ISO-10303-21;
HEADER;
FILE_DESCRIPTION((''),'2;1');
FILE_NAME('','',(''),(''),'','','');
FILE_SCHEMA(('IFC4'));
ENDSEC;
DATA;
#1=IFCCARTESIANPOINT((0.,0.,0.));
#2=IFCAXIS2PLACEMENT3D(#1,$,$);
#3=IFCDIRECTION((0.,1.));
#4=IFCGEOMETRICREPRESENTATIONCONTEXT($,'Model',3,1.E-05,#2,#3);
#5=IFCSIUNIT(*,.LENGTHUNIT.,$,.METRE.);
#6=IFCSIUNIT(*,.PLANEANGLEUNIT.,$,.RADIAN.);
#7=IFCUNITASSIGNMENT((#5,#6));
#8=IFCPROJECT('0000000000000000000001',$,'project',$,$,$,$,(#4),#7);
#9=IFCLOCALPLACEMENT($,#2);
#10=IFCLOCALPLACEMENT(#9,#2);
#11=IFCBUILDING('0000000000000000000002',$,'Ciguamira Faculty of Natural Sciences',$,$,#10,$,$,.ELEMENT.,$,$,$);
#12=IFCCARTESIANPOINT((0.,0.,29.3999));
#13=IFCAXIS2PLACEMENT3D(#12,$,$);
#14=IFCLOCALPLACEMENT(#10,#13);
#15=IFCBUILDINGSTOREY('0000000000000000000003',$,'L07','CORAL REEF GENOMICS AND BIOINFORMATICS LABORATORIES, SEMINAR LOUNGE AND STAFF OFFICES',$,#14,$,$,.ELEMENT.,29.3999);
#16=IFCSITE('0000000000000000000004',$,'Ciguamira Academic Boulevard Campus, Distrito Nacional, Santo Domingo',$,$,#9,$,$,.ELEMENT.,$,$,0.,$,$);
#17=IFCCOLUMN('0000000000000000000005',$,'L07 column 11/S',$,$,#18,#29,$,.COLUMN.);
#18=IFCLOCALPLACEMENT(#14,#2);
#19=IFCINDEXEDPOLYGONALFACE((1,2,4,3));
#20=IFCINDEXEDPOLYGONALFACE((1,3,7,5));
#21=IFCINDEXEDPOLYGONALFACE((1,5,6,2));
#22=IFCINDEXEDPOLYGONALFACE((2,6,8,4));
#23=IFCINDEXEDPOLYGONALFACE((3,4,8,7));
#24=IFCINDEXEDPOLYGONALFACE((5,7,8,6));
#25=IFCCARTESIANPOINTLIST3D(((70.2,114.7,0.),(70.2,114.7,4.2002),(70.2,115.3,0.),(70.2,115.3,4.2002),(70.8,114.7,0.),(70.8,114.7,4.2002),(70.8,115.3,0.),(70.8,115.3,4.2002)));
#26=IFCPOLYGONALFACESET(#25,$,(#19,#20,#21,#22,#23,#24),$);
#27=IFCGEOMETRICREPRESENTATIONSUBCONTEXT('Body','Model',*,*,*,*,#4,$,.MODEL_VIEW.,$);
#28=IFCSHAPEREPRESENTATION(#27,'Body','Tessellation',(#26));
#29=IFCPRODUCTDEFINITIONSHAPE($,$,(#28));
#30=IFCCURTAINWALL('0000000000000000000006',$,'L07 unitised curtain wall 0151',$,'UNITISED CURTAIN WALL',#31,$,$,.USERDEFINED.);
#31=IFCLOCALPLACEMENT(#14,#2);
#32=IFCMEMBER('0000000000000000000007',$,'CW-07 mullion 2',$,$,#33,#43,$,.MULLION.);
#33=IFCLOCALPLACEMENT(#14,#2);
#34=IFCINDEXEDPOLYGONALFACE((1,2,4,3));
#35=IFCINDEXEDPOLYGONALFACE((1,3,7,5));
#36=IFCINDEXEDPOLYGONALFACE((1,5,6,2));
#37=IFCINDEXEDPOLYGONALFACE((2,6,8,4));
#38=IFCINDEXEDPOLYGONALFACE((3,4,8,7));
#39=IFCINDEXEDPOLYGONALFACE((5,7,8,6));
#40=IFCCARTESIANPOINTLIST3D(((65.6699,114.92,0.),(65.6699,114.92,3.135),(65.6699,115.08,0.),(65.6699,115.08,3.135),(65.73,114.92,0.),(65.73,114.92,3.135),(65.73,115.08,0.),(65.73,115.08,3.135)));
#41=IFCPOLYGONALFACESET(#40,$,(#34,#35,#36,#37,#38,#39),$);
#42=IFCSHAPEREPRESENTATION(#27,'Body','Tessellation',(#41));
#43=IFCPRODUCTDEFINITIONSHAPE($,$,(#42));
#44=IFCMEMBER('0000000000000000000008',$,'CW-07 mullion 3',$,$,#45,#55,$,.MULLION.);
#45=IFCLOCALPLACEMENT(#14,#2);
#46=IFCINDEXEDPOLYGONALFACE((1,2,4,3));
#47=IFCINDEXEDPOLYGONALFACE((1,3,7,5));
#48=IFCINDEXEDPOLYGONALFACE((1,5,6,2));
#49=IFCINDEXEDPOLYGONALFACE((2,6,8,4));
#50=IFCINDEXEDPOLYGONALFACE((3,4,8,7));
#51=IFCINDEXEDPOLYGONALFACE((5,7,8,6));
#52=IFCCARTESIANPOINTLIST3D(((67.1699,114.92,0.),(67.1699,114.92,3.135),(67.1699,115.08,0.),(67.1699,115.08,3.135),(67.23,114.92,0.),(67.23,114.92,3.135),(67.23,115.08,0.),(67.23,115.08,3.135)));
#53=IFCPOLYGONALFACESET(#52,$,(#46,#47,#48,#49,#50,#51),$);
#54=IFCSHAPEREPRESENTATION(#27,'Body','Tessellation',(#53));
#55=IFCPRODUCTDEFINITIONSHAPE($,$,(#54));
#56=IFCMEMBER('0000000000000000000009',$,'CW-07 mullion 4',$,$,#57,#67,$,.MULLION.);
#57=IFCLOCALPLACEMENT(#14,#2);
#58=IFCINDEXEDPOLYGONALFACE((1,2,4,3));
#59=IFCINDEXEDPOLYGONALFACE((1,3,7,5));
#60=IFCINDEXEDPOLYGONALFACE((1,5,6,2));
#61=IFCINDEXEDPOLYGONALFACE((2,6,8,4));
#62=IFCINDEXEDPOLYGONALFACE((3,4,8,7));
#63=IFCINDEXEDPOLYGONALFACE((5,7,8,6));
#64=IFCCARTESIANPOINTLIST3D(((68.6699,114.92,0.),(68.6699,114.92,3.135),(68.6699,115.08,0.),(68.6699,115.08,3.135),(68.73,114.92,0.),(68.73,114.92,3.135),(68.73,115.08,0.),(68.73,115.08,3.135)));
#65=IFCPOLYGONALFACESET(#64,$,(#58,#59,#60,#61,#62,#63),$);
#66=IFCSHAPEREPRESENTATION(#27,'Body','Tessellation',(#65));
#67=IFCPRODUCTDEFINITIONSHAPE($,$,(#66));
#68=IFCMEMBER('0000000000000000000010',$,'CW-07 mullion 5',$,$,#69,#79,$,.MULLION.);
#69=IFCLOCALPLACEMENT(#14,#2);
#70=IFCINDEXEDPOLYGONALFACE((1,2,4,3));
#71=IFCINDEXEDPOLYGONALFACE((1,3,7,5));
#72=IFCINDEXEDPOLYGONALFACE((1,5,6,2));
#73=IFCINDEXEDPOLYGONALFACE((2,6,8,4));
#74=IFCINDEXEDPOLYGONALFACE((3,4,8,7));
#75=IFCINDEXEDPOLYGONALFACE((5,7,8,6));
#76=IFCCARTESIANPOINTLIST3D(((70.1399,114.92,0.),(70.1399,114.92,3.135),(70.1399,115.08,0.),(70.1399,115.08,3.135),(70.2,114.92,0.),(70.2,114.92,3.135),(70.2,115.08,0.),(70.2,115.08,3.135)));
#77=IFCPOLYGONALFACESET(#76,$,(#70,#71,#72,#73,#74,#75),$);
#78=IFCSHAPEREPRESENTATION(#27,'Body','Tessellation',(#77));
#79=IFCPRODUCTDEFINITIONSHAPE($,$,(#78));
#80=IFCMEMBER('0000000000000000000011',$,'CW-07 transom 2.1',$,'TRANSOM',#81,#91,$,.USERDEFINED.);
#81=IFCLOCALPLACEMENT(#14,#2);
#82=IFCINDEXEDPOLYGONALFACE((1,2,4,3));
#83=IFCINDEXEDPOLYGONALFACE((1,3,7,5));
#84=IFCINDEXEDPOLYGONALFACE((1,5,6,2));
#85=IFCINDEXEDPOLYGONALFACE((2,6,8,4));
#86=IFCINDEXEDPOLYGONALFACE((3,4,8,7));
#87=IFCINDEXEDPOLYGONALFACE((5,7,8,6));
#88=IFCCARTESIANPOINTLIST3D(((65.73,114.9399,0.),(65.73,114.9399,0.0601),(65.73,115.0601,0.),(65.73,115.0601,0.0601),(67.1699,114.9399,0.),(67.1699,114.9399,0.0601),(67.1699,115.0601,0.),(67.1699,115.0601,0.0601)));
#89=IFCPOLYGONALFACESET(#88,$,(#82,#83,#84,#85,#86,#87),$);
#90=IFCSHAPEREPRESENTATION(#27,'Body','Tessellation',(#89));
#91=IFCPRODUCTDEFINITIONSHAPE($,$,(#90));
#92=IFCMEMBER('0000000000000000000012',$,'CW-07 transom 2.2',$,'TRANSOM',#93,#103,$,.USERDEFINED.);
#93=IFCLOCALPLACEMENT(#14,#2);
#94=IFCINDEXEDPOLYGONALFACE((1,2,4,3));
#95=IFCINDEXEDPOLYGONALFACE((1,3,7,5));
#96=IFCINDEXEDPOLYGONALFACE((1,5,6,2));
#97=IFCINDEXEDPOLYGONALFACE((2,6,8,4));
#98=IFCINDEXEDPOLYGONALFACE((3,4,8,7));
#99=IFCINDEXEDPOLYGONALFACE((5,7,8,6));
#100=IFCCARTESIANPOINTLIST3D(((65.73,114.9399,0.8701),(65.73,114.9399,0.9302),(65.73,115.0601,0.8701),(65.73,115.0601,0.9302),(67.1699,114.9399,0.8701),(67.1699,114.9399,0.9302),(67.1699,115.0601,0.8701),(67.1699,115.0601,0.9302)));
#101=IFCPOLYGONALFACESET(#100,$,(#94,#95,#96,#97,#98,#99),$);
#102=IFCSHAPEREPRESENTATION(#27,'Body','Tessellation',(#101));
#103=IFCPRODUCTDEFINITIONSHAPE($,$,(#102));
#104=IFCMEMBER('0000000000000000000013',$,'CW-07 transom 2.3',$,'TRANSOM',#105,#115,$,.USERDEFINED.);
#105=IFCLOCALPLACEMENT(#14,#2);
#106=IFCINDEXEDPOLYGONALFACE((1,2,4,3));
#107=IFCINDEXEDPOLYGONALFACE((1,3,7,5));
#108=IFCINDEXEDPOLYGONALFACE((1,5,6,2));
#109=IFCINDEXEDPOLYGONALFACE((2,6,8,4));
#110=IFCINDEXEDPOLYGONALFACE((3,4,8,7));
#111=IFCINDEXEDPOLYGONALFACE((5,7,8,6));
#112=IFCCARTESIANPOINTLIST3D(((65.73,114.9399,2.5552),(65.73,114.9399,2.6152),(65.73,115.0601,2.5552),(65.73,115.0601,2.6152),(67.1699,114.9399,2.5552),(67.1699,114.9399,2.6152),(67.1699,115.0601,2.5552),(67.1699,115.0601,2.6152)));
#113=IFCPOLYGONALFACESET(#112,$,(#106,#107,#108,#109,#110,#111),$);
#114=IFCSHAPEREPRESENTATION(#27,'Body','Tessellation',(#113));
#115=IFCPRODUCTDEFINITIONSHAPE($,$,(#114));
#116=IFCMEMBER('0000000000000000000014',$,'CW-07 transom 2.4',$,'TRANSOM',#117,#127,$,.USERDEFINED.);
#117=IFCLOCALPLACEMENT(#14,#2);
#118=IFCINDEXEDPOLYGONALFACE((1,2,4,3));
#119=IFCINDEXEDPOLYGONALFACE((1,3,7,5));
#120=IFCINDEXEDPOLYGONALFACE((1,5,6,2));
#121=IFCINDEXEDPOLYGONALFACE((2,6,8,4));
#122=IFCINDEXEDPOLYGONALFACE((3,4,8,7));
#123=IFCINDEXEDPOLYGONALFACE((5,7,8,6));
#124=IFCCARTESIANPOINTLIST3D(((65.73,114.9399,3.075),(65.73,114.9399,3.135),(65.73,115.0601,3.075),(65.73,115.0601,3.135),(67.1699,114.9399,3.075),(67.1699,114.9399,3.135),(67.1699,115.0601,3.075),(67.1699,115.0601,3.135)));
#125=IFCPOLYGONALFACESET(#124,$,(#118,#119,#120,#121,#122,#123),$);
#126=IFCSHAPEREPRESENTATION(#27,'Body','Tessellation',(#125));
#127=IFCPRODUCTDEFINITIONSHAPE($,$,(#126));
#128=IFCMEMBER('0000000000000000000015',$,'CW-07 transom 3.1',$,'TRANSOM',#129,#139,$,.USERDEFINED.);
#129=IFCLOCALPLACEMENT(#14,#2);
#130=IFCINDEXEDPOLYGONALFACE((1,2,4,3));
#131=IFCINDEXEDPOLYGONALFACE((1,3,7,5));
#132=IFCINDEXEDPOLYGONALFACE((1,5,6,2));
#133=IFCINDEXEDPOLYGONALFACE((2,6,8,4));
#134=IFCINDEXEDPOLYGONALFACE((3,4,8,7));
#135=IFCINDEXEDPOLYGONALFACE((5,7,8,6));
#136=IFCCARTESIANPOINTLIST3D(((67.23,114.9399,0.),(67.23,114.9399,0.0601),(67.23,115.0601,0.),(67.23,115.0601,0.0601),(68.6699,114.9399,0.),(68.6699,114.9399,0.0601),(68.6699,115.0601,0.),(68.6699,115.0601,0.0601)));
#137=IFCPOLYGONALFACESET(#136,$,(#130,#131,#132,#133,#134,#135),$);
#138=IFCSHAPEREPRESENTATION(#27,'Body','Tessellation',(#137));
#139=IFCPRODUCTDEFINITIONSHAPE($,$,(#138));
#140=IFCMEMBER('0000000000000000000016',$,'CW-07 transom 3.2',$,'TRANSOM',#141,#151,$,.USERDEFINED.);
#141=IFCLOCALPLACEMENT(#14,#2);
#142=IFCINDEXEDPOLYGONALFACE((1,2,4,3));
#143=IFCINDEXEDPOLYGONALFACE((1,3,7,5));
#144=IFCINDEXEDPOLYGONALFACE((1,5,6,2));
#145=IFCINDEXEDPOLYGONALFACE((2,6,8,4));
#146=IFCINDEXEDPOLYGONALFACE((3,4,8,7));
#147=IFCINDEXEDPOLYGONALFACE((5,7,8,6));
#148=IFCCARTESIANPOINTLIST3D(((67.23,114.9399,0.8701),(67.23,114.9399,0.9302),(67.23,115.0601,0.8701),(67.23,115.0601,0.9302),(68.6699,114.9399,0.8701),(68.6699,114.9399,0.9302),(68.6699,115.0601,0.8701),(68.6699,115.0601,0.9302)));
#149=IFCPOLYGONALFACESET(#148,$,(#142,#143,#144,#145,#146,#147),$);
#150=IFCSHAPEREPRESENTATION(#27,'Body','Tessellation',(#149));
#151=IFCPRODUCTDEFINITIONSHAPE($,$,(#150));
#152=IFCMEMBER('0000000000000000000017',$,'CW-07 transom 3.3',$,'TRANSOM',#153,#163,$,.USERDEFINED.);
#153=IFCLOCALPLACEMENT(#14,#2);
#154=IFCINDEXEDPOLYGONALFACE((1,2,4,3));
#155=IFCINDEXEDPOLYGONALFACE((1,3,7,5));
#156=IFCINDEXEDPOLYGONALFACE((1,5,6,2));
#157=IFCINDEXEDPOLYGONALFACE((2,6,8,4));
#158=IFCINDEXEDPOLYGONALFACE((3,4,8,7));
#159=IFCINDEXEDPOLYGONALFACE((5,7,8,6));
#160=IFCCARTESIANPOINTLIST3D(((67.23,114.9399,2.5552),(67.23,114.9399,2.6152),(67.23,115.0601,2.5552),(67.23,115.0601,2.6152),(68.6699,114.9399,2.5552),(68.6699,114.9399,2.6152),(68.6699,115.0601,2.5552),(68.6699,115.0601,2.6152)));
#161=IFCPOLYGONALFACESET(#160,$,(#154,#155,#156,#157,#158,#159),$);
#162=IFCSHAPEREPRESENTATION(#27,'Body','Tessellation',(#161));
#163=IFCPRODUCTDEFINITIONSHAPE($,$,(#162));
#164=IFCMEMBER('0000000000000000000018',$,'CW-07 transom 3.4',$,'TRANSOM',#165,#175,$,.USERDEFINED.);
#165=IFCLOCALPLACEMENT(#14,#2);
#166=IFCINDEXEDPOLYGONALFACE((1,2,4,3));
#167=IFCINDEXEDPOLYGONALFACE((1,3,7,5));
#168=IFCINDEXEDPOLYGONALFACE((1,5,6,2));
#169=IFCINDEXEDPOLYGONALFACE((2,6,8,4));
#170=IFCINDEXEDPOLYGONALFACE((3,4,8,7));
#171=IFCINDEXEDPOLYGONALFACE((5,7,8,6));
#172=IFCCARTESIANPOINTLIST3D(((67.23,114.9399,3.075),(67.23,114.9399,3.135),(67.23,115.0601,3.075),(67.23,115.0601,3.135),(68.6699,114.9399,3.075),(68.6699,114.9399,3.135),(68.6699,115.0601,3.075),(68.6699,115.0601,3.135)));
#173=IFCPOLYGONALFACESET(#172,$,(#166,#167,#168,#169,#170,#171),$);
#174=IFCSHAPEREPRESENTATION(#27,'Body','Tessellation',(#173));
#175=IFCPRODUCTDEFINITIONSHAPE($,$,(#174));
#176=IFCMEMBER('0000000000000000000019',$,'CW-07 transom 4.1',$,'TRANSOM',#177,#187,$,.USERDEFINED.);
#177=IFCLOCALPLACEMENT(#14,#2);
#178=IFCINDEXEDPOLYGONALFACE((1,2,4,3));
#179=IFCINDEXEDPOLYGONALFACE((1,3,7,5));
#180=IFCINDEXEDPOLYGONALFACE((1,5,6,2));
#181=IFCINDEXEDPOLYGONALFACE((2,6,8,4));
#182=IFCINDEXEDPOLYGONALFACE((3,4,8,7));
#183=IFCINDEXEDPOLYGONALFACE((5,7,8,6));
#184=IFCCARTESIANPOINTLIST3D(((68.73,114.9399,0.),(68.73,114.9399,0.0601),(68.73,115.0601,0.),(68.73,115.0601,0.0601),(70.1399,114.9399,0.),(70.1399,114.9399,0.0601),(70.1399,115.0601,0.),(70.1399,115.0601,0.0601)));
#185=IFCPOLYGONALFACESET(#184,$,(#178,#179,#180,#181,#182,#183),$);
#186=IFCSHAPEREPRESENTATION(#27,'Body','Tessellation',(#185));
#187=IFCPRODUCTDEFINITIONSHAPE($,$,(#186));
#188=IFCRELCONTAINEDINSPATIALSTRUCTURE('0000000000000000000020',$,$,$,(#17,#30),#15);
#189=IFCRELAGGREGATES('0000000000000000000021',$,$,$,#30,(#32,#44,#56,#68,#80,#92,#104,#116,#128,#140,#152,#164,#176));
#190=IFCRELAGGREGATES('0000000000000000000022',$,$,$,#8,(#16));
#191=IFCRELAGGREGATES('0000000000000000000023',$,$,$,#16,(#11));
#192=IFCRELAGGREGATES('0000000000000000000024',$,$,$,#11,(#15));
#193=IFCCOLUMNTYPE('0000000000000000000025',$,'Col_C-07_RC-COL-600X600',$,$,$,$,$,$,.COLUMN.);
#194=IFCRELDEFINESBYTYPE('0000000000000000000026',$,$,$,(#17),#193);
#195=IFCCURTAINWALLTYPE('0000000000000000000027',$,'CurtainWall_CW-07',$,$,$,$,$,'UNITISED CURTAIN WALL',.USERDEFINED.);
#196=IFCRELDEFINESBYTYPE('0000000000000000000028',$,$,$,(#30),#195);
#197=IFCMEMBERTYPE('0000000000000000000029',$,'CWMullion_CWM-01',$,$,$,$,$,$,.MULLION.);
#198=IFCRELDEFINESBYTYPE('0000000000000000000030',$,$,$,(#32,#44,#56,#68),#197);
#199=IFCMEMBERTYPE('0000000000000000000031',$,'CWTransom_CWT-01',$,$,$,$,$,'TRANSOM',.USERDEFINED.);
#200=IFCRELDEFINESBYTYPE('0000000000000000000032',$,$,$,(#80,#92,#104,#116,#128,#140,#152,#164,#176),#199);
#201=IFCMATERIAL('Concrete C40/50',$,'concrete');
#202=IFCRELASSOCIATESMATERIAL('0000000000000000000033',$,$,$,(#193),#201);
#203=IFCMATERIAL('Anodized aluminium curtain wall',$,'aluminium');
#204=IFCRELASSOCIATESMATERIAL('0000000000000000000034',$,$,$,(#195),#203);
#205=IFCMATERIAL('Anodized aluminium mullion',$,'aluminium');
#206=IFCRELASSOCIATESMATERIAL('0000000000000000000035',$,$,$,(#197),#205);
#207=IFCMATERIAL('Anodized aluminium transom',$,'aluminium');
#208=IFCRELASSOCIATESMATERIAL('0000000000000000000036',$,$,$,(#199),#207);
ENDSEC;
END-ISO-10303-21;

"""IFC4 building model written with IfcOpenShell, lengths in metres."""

from ifc_helpers import new_model, si_unit, direction, frame, origin, origin_2d, place, context, subcontext, project, spatial, rectangle, extrude, material, material_profile, profile_set, type_object, element, aggregate, save


model = new_model("IFC4")

# Units and contexts
model_context = context("Model", 3, precision=1e-05, world=origin(), true_north=direction((0.0, 1.0)))
body_context = subcontext(model_context, "Body", "Model", "MODEL_VIEW")
ifc_project = project(units=[si_unit("LENGTHUNIT", "METRE"), si_unit("PLANEANGLEUNIT", "RADIAN")], contexts=[model_context])

# Site, building, storey
site_placement = place(None, origin())
site = spatial("IfcSite", under=ifc_project, at=site_placement, Name="Ciguamira Academic Boulevard Campus, Distrito Nacional, Santo Domingo", CompositionType="ELEMENT", RefElevation=0.0)
building_placement = place(site_placement, origin())
building = spatial("IfcBuilding", under=site, at=building_placement, Name="Ciguamira Faculty of Natural Sciences", CompositionType="ELEMENT")
storey_placement = place(building_placement, frame((0.0, 0.0, 29.3999)))
storey = spatial("IfcBuildingStorey", under=building, at=storey_placement, Name="L07", Description="CORAL REEF GENOMICS AND BIOINFORMATICS LABORATORIES, SEMINAR LOUNGE AND STAFF OFFICES", CompositionType="ELEMENT", Elevation=29.3999)

# Column
ifc_material_1 = material(Name="Concrete C40/50", Category="concrete")
ifc_material_profile_1 = material_profile(ifc_material_1, rectangle(XDim=0.6001, YDim=0.6001, at=origin_2d()), Name="RC-COL-600X600")
ifc_profile_set_1 = profile_set([ifc_material_profile_1], Name="Concrete C40/50")
column_type = type_object("IfcColumnType", Name="Col_C-07_RC-COL-600X600", PredefinedType="COLUMN", material=ifc_profile_set_1)
column_placement = place(storey_placement, frame((70.5, 115.0, 0.0), z_axis=(0.0, 0.0, 1.0), x_axis=(1.0, 0.0, 0.0)))
element("IfcColumn", 1, at=column_placement, inside=storey, type_object=column_type, Name="L07 column 11/S", PredefinedType="COLUMN", context=body_context, shape_type="SweptSolid", body=[
    extrude(rectangle(XDim=0.6001, YDim=0.6001, at=origin_2d()), origin(), (0.0, 0.0, 1.0), 4.2002),
])

# Curtain wall, members
ifc_material_2 = material(Name="Anodized aluminium curtain wall", Category="aluminium")
curtain_wall_type = type_object("IfcCurtainWallType", Name="CurtainWall_CW-07", ElementType="UNITISED CURTAIN WALL", PredefinedType="USERDEFINED", material=ifc_material_2)
curtain_wall_placement = place(storey_placement, origin())
curtain_wall = element("IfcCurtainWall", 2, at=curtain_wall_placement, inside=storey, type_object=curtain_wall_type, Name="L07 unitised curtain wall 0151", ObjectType="UNITISED CURTAIN WALL", PredefinedType="USERDEFINED")
ifc_material_3 = material(Name="Anodized aluminium mullion", Category="aluminium")
ifc_material_profile_2 = material_profile(ifc_material_3, rectangle(XDim=0.0601, YDim=0.1599, at=origin_2d()), Name="ALU-MUL-60X160")
ifc_profile_set_2 = profile_set([ifc_material_profile_2], Name="Anodized aluminium mullion")
member_type_1 = type_object("IfcMemberType", Name="CWMullion_CWM-01", PredefinedType="MULLION", material=ifc_profile_set_2)
member_1_placement = place(storey_placement, frame((65.7, 115.0, 0.0), z_axis=(0.0, 0.0, 1.0), x_axis=(1.0, 0.0, 0.0)))
member_1 = element("IfcMember", 3, at=member_1_placement, type_object=member_type_1, Name="CW-07 mullion 2", PredefinedType="MULLION", context=body_context, shape_type="SweptSolid", body=[
    extrude(rectangle(XDim=0.0601, YDim=0.1599, at=origin_2d()), origin(), (0.0, 0.0, 1.0), 3.135),
])
member_2_placement = place(storey_placement, frame((67.2, 115.0, 0.0), z_axis=(0.0, 0.0, 1.0), x_axis=(1.0, 0.0, 0.0)))
member_2 = element("IfcMember", 4, at=member_2_placement, type_object=member_type_1, Name="CW-07 mullion 3", PredefinedType="MULLION", context=body_context, shape_type="SweptSolid", body=[
    extrude(rectangle(XDim=0.0601, YDim=0.1599, at=origin_2d()), origin(), (0.0, 0.0, 1.0), 3.135),
])
member_3_placement = place(storey_placement, frame((68.7, 115.0, 0.0), z_axis=(0.0, 0.0, 1.0), x_axis=(1.0, 0.0, 0.0)))
member_3 = element("IfcMember", 5, at=member_3_placement, type_object=member_type_1, Name="CW-07 mullion 4", PredefinedType="MULLION", context=body_context, shape_type="SweptSolid", body=[
    extrude(rectangle(XDim=0.0601, YDim=0.1599, at=origin_2d()), origin(), (0.0, 0.0, 1.0), 3.135),
])
member_4_placement = place(storey_placement, frame((70.1699, 115.0, 0.0), z_axis=(0.0, 0.0, 1.0), x_axis=(1.0, 0.0, 0.0)))
member_4 = element("IfcMember", 6, at=member_4_placement, type_object=member_type_1, Name="CW-07 mullion 5", PredefinedType="MULLION", context=body_context, shape_type="SweptSolid", body=[
    extrude(rectangle(XDim=0.0601, YDim=0.1599, at=origin_2d()), origin(), (0.0, 0.0, 1.0), 3.135),
])
ifc_material_4 = material(Name="Anodized aluminium transom", Category="aluminium")
ifc_material_profile_3 = material_profile(ifc_material_4, rectangle(XDim=0.0601, YDim=0.1201, at=origin_2d()), Name="ALU-TRN-60X120")
ifc_profile_set_3 = profile_set([ifc_material_profile_3], Name="Anodized aluminium transom")
member_type_2 = type_object("IfcMemberType", Name="CWTransom_CWT-01", ElementType="TRANSOM", PredefinedType="USERDEFINED", material=ifc_profile_set_3)
member_5_placement = place(storey_placement, frame((65.73, 115.0, 0.03), z_axis=(1.0, 0.0, 0.0), x_axis=(0.0, 0.0, 1.0)))
member_5 = element("IfcMember", 7, at=member_5_placement, type_object=member_type_2, Name="CW-07 transom 2.1", ObjectType="TRANSOM", PredefinedType="USERDEFINED", context=body_context, shape_type="SweptSolid", body=[
    extrude(rectangle(XDim=0.0601, YDim=0.1201, at=origin_2d()), origin(), (0.0, 0.0, 1.0), 1.4399),
])
member_6_placement = place(storey_placement, frame((65.73, 115.0, 0.9001), z_axis=(1.0, 0.0, 0.0), x_axis=(0.0, 0.0, 1.0)))
member_6 = element("IfcMember", 8, at=member_6_placement, type_object=member_type_2, Name="CW-07 transom 2.2", ObjectType="TRANSOM", PredefinedType="USERDEFINED", context=body_context, shape_type="SweptSolid", body=[
    extrude(rectangle(XDim=0.0601, YDim=0.1201, at=origin_2d()), origin(), (0.0, 0.0, 1.0), 1.4399),
])
member_7_placement = place(storey_placement, frame((65.73, 115.0, 2.5852), z_axis=(1.0, 0.0, 0.0), x_axis=(0.0, 0.0, 1.0)))
member_7 = element("IfcMember", 9, at=member_7_placement, type_object=member_type_2, Name="CW-07 transom 2.3", ObjectType="TRANSOM", PredefinedType="USERDEFINED", context=body_context, shape_type="SweptSolid", body=[
    extrude(rectangle(XDim=0.0601, YDim=0.1201, at=origin_2d()), origin(), (0.0, 0.0, 1.0), 1.4399),
])
member_8_placement = place(storey_placement, frame((65.73, 115.0, 3.105), z_axis=(1.0, 0.0, 0.0), x_axis=(0.0, 0.0, 1.0)))
member_8 = element("IfcMember", 10, at=member_8_placement, type_object=member_type_2, Name="CW-07 transom 2.4", ObjectType="TRANSOM", PredefinedType="USERDEFINED", context=body_context, shape_type="SweptSolid", body=[
    extrude(rectangle(XDim=0.0601, YDim=0.1201, at=origin_2d()), origin(), (0.0, 0.0, 1.0), 1.4399),
])
member_9_placement = place(storey_placement, frame((67.23, 115.0, 0.03), z_axis=(1.0, 0.0, 0.0), x_axis=(0.0, 0.0, 1.0)))
member_9 = element("IfcMember", 11, at=member_9_placement, type_object=member_type_2, Name="CW-07 transom 3.1", ObjectType="TRANSOM", PredefinedType="USERDEFINED", context=body_context, shape_type="SweptSolid", body=[
    extrude(rectangle(XDim=0.0601, YDim=0.1201, at=origin_2d()), origin(), (0.0, 0.0, 1.0), 1.4399),
])
member_10_placement = place(storey_placement, frame((67.23, 115.0, 0.9001), z_axis=(1.0, 0.0, 0.0), x_axis=(0.0, 0.0, 1.0)))
member_10 = element("IfcMember", 12, at=member_10_placement, type_object=member_type_2, Name="CW-07 transom 3.2", ObjectType="TRANSOM", PredefinedType="USERDEFINED", context=body_context, shape_type="SweptSolid", body=[
    extrude(rectangle(XDim=0.0601, YDim=0.1201, at=origin_2d()), origin(), (0.0, 0.0, 1.0), 1.4399),
])
member_11_placement = place(storey_placement, frame((67.23, 115.0, 2.5852), z_axis=(1.0, 0.0, 0.0), x_axis=(0.0, 0.0, 1.0)))
member_11 = element("IfcMember", 13, at=member_11_placement, type_object=member_type_2, Name="CW-07 transom 3.3", ObjectType="TRANSOM", PredefinedType="USERDEFINED", context=body_context, shape_type="SweptSolid", body=[
    extrude(rectangle(XDim=0.0601, YDim=0.1201, at=origin_2d()), origin(), (0.0, 0.0, 1.0), 1.4399),
])
member_12_placement = place(storey_placement, frame((67.23, 115.0, 3.105), z_axis=(1.0, 0.0, 0.0), x_axis=(0.0, 0.0, 1.0)))
member_12 = element("IfcMember", 14, at=member_12_placement, type_object=member_type_2, Name="CW-07 transom 3.4", ObjectType="TRANSOM", PredefinedType="USERDEFINED", context=body_context, shape_type="SweptSolid", body=[
    extrude(rectangle(XDim=0.0601, YDim=0.1201, at=origin_2d()), origin(), (0.0, 0.0, 1.0), 1.4399),
])
member_13_placement = place(storey_placement, frame((68.73, 115.0, 0.03), z_axis=(1.0, 0.0, 0.0), x_axis=(0.0, 0.0, 1.0)))
member_13 = element("IfcMember", 15, at=member_13_placement, type_object=member_type_2, Name="CW-07 transom 4.1", ObjectType="TRANSOM", PredefinedType="USERDEFINED", context=body_context, shape_type="SweptSolid", body=[
    extrude(rectangle(XDim=0.0601, YDim=0.1201, at=origin_2d()), origin(), (0.0, 0.0, 1.0), 1.4099),
])
aggregate(curtain_wall, [member_1, member_2, member_3, member_4, member_5, member_6, member_7, member_8, member_9, member_10, member_11, member_12, member_13])

save(model, "model.ifc")
